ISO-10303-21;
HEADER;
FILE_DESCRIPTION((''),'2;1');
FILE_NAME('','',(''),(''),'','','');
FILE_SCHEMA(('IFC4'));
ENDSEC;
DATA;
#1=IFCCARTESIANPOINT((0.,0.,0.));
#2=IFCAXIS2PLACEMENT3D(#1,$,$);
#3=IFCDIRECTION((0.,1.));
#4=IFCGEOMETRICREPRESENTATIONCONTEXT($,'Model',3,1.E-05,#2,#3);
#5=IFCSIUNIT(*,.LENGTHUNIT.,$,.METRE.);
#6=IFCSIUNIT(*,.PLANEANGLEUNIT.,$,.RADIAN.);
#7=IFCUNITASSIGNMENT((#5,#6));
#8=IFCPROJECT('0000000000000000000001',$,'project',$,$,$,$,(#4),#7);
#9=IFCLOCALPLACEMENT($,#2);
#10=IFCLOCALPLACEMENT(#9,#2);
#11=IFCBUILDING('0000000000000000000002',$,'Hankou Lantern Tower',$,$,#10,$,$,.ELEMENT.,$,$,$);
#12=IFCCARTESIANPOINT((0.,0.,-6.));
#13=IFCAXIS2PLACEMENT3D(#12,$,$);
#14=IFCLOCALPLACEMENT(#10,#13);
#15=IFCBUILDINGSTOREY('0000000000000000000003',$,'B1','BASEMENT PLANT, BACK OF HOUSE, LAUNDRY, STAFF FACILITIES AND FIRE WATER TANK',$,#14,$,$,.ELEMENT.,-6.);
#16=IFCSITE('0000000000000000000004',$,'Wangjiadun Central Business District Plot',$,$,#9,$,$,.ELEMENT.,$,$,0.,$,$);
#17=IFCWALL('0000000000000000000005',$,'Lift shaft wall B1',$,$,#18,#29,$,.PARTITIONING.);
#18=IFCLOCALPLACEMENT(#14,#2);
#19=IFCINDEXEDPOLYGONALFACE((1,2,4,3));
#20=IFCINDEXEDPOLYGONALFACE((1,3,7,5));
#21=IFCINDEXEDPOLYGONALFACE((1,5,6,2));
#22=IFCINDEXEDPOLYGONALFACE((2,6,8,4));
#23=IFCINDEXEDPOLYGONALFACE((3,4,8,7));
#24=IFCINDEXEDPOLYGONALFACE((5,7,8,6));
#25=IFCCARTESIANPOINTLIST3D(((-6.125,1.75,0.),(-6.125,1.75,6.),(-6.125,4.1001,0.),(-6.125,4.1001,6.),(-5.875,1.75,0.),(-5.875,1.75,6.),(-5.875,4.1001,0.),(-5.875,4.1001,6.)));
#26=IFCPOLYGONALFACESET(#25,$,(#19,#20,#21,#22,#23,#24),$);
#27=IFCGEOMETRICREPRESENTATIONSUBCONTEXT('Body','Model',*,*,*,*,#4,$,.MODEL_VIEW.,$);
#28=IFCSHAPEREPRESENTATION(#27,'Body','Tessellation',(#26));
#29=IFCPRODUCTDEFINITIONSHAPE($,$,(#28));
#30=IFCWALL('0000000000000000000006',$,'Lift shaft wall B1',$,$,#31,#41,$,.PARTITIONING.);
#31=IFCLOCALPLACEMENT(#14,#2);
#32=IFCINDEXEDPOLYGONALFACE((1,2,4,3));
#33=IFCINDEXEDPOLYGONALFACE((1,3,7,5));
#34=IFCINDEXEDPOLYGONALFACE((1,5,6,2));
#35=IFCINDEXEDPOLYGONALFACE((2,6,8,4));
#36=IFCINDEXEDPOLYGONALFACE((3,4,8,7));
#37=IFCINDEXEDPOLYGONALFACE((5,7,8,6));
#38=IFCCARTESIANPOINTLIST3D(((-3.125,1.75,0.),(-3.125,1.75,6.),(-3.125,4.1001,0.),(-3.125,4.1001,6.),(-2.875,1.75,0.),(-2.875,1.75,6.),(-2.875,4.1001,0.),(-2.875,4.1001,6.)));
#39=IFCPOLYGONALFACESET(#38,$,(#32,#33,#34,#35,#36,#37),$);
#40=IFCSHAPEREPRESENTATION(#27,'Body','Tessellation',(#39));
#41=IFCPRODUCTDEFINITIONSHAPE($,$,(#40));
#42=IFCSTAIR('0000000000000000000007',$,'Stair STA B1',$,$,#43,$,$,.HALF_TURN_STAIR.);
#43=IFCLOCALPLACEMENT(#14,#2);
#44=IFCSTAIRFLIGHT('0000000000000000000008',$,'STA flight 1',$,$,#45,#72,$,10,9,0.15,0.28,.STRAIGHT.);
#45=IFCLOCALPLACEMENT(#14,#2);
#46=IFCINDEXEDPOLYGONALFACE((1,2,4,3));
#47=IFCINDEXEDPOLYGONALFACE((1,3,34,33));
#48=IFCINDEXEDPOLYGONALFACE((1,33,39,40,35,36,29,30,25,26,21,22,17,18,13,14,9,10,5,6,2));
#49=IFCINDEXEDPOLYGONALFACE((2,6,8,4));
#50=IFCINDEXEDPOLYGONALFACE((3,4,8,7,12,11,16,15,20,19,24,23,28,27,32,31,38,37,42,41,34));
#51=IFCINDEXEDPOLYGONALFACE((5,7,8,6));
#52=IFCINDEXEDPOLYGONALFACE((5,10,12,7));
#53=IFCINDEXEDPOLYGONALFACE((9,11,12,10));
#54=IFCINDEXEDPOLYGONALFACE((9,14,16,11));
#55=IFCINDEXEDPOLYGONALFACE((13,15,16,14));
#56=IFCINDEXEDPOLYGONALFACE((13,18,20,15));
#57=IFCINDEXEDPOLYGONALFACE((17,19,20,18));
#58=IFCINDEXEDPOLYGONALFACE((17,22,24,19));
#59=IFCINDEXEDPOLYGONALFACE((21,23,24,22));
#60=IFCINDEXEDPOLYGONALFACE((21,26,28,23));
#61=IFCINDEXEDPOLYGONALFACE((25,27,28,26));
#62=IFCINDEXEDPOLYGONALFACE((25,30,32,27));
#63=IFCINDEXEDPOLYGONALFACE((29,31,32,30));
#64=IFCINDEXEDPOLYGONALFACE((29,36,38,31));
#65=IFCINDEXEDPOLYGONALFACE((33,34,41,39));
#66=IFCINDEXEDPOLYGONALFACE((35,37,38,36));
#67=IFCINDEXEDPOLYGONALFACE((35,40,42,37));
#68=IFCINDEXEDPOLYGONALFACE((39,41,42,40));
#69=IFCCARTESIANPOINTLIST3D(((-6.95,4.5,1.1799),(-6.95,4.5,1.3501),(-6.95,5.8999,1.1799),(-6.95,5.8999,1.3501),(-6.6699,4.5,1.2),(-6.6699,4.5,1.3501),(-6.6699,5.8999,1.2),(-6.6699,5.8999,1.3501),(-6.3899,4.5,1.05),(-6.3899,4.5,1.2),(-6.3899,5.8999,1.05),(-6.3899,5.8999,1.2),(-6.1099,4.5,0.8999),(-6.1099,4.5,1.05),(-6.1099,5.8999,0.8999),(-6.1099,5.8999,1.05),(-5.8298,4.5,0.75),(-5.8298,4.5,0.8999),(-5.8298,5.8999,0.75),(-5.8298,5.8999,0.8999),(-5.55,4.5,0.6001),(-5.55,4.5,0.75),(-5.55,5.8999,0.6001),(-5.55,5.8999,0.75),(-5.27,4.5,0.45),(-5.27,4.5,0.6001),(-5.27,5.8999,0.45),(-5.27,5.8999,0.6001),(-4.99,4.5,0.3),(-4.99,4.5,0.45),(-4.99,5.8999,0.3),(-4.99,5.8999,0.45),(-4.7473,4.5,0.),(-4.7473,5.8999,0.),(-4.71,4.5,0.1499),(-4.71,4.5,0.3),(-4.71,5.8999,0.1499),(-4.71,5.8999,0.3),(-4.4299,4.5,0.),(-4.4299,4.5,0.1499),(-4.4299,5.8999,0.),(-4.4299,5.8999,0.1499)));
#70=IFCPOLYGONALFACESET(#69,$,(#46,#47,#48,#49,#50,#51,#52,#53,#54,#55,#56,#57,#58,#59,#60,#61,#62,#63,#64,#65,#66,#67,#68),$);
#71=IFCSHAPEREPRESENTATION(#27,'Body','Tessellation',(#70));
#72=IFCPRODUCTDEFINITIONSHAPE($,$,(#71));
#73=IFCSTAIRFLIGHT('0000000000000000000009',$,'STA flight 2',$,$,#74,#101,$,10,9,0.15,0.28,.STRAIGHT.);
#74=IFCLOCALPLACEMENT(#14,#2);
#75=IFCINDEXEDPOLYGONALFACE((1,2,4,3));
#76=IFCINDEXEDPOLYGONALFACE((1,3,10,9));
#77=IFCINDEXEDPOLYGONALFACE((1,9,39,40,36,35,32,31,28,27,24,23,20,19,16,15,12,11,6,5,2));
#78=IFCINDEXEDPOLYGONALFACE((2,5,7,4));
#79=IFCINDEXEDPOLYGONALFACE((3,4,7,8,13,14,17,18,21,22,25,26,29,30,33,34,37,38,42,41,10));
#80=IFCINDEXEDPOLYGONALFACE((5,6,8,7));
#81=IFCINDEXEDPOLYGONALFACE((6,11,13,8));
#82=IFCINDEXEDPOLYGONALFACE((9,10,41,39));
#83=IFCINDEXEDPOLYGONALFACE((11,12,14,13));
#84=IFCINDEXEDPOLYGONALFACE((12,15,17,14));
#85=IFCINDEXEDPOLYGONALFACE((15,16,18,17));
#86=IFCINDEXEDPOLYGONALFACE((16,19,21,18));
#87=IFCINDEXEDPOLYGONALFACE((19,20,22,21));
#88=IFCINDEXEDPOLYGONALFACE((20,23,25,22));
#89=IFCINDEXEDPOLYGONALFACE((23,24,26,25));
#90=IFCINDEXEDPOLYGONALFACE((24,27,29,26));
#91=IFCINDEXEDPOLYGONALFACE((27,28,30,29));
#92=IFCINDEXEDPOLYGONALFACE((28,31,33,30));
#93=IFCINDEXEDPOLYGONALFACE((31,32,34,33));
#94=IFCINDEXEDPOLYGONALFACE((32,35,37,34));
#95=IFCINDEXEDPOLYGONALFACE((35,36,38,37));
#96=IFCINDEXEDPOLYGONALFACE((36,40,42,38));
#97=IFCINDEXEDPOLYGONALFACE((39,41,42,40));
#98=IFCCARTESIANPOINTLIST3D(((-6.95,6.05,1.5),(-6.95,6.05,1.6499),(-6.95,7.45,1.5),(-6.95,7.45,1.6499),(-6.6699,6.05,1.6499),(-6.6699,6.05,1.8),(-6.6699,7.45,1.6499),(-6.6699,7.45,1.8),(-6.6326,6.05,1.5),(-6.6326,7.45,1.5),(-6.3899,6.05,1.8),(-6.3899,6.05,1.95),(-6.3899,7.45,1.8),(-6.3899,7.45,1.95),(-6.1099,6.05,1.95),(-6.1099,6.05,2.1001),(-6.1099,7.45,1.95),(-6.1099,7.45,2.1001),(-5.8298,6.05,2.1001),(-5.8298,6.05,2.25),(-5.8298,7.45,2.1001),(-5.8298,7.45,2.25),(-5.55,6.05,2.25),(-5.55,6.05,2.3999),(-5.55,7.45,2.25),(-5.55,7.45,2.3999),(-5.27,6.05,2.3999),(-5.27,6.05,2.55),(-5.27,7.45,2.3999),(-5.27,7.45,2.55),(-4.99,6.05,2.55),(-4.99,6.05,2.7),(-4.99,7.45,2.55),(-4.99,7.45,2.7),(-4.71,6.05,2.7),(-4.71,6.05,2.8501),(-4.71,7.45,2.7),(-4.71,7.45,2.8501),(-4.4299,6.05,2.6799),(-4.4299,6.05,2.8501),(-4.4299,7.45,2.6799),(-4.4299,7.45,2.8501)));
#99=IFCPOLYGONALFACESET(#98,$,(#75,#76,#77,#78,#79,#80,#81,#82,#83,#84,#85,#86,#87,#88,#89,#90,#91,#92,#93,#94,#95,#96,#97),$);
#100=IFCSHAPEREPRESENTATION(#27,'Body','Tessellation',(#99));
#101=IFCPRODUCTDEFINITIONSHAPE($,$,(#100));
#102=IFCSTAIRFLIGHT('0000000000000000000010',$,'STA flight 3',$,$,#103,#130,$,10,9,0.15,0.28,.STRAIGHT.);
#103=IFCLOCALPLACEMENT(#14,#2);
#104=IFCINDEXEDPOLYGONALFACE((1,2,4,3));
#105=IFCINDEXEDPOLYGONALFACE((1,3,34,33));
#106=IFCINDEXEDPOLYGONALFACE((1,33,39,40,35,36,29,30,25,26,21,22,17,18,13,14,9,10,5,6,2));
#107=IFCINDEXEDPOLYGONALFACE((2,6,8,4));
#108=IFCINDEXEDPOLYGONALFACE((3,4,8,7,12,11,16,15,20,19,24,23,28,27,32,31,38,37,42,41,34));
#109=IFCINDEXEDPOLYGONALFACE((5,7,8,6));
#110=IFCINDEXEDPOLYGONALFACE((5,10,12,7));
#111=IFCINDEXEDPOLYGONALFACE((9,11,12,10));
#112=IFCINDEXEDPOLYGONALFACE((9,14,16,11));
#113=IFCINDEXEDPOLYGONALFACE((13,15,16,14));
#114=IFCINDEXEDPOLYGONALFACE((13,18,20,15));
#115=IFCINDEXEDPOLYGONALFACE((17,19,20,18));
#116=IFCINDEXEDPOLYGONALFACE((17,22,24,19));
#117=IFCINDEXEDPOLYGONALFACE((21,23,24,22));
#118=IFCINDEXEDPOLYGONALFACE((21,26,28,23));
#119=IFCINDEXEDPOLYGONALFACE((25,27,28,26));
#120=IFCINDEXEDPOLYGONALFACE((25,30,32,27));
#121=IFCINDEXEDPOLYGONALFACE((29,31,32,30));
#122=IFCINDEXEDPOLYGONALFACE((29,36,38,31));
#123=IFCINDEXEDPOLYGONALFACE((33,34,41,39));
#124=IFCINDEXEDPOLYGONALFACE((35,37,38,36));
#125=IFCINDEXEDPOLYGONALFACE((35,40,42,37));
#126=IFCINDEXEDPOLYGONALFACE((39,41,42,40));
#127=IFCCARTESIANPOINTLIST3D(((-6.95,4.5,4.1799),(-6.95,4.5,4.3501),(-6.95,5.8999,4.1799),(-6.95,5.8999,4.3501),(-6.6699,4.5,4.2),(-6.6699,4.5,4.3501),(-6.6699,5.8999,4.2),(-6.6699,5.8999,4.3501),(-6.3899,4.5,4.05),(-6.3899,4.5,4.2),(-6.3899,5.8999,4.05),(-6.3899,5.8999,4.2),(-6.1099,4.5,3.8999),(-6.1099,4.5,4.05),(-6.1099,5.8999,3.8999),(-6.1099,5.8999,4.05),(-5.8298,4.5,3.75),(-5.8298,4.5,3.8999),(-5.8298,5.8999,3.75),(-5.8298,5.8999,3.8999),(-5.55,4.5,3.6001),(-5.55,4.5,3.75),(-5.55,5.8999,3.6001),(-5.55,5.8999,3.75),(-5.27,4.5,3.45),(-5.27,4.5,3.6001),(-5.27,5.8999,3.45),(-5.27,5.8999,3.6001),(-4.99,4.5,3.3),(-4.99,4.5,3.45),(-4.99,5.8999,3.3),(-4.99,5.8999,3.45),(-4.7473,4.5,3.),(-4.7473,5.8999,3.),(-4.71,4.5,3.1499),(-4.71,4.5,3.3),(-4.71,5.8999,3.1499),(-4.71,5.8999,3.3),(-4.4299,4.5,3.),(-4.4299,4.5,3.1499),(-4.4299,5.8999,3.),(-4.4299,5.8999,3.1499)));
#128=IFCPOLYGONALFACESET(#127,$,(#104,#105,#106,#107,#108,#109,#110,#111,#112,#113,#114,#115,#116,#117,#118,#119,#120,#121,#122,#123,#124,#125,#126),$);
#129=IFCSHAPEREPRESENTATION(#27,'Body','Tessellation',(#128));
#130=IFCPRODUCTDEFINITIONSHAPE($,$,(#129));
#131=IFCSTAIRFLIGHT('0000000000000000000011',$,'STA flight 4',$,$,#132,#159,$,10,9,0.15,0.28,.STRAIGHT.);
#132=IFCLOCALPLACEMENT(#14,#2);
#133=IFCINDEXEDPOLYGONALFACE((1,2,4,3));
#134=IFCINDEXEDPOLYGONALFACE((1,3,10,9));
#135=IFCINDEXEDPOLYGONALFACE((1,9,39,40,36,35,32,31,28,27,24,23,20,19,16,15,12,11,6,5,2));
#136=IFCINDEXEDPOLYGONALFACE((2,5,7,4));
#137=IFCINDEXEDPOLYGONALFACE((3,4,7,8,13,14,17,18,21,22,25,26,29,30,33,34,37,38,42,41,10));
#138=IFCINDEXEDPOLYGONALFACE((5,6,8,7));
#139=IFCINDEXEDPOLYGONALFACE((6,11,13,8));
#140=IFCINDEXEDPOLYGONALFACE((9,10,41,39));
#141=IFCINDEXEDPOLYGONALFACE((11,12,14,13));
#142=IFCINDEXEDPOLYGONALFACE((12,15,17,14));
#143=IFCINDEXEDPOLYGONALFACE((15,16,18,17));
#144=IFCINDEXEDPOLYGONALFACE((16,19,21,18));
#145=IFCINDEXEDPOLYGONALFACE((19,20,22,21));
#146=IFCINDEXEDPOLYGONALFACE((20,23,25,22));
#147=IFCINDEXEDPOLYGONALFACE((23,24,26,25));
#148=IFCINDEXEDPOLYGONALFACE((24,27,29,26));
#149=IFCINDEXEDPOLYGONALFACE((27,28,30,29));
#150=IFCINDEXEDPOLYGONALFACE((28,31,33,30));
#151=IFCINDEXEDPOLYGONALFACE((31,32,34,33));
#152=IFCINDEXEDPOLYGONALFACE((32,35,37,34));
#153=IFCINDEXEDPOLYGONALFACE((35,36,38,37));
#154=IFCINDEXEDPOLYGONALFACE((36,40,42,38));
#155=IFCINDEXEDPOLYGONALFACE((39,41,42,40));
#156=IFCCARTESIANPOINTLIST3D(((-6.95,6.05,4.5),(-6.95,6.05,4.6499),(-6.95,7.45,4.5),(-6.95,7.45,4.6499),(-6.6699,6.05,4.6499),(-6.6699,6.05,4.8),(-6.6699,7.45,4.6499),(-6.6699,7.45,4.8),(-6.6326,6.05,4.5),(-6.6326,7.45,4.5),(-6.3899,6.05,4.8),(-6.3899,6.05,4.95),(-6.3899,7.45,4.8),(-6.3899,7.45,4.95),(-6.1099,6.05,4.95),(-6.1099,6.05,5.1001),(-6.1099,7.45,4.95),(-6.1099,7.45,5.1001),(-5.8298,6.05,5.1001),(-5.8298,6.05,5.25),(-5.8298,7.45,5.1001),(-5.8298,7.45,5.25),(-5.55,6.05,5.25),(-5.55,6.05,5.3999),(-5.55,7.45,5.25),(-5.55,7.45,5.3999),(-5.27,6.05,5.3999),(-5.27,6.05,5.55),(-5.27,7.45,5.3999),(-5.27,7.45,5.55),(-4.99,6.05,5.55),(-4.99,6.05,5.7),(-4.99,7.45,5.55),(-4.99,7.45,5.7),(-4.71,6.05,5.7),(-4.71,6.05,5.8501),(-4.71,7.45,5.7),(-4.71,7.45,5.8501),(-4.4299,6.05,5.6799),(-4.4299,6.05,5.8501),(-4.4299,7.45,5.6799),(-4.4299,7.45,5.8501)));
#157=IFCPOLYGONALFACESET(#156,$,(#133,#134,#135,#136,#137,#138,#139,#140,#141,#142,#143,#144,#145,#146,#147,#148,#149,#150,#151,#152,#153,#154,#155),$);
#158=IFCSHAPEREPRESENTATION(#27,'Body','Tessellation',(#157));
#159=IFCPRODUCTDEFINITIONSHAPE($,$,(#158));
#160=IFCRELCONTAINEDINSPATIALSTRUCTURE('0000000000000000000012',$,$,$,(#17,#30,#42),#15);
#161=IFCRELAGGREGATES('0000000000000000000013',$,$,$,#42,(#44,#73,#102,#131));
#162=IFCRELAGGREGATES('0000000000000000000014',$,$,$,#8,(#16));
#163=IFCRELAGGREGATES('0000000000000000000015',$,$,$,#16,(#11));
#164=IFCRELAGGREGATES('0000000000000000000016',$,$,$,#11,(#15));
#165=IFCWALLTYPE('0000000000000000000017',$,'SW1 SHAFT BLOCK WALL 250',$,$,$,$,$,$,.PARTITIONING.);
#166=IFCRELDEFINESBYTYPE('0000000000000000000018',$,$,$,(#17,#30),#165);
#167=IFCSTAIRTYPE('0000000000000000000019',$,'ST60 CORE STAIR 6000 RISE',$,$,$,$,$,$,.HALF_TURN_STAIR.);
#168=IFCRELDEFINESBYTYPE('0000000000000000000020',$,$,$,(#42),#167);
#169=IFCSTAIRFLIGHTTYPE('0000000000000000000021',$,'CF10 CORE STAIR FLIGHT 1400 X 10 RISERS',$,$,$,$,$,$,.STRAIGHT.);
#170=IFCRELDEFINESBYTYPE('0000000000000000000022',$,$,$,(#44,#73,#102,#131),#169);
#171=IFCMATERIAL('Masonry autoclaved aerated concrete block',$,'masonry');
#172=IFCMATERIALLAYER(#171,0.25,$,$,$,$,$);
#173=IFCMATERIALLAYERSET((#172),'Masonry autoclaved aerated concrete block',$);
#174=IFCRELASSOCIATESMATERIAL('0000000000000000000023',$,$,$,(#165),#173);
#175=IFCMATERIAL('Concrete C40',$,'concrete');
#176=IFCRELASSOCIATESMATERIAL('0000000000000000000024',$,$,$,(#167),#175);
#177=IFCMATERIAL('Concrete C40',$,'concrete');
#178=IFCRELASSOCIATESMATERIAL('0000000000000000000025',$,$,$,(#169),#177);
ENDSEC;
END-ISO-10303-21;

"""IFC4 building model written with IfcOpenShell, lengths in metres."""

from ifc_helpers import new_model, si_unit, direction, frame, frame_2d, origin, place, context, subcontext, project, spatial, polyline, rectangle, outline, extrude, material, layer, layer_set, type_object, element, aggregate, save


model = new_model("IFC4")

# Units and contexts
model_context = context("Model", 3, precision=1e-05, world=origin(), true_north=direction((0.0, 1.0)))
body_context = subcontext(model_context, "Body", "Model", "MODEL_VIEW")
ifc_project = project(units=[si_unit("LENGTHUNIT", "METRE"), si_unit("PLANEANGLEUNIT", "RADIAN")], contexts=[model_context])

# Site, building, storey
site_placement = place(None, origin())
site = spatial("IfcSite", under=ifc_project, at=site_placement, Name="Wangjiadun Central Business District Plot", CompositionType="ELEMENT", RefElevation=0.0)
building_placement = place(site_placement, origin())
building = spatial("IfcBuilding", under=site, at=building_placement, Name="Hankou Lantern Tower", CompositionType="ELEMENT")
storey_placement = place(building_placement, frame((0.0, 0.0, -6.0)))
storey = spatial("IfcBuildingStorey", under=building, at=storey_placement, Name="B1", Description="BASEMENT PLANT, BACK OF HOUSE, LAUNDRY, STAFF FACILITIES AND FIRE WATER TANK", CompositionType="ELEMENT", Elevation=-6.0)

# Walls
ifc_material_1 = material(Name="Masonry autoclaved aerated concrete block", Category="masonry")
ifc_layer_1 = layer(ifc_material_1, 0.25)
ifc_layer_set_1 = layer_set([ifc_layer_1], Name="Masonry autoclaved aerated concrete block")
wall_type_1 = type_object("IfcWallType", Name="SW1 SHAFT BLOCK WALL 250", PredefinedType="PARTITIONING", material=ifc_layer_set_1)
for number, where, z_axis, x_axis, name in (
    (1, (-6.0, 1.75, 0.0), (0.0, 0.0, 1.0), (0.0, 1.0, 0.0), "Lift shaft wall B1"),
    (2, (-3.0, 1.75, 0.0), (0.0, 0.0, 1.0), (0.0, 1.0, 0.0), "Lift shaft wall B1"),
):
    element("IfcWall", number, at=place(storey_placement, frame(where, z_axis=z_axis, x_axis=x_axis)), inside=storey, type_object=wall_type_1, Name=name, PredefinedType="PARTITIONING", context=body_context, shape_type="SweptSolid", body=[
        extrude(rectangle(XDim=2.3501, YDim=0.25, at=frame_2d((1.175, 0.0))), origin(), (0.0, 0.0, 1.0), 6.0),
    ])

# Stair, stair flights
ifc_material_2 = material(Name="Concrete C40", Category="concrete")
stair_type = type_object("IfcStairType", Name="ST60 CORE STAIR 6000 RISE", PredefinedType="HALF_TURN_STAIR", material=ifc_material_2)
stair_placement = place(storey_placement, origin())
stair = element("IfcStair", 3, at=stair_placement, inside=storey, type_object=stair_type, Name="Stair STA B1", PredefinedType="HALF_TURN_STAIR")
ifc_material_3 = material(Name="Concrete C40", Category="concrete")
stair_flight_type = type_object("IfcStairFlightType", Name="CF10 CORE STAIR FLIGHT 1400 X 10 RISERS", PredefinedType="STRAIGHT", material=ifc_material_3)
stair_flight_1_placement = place(storey_placement, frame((-4.4299, 5.2, 0.0), z_axis=(0.0, 0.0, 1.0), x_axis=(-1.0, 0.0, 0.0)))
stair_flight_1 = element("IfcStairFlight", 4, at=stair_flight_1_placement, type_object=stair_flight_type, Name="STA flight 1", NumberOfRisers=10, NumberOfTreads=9, PredefinedType="STRAIGHT", RiserHeight=0.15, TreadLength=0.28, context=body_context, shape_type="SweptSolid", body=[
    extrude(outline(polyline([(0.0, 0.0), (0.0, 0.1499), (0.28, 0.1499), (0.28, 0.3), (0.5601, 0.3), (0.5601, 0.45), (0.8401, 0.45), (0.8401, 0.6001), (1.1201, 0.6001), (1.1201, 0.75), (1.3999, 0.75), (1.3999, 0.8999), (1.6799, 0.8999), (1.6799, 1.05), (1.96, 1.05), (1.96, 1.2), (2.24, 1.2), (2.24, 1.3501), (2.52, 1.3501), (2.52, 1.5), (2.52, 1.1799), (0.3174, 0.0), (0.0, 0.0)])), frame((0.0, 0.7, 0.0), z_axis=(0.0, -1.0, 0.0), x_axis=(1.0, 0.0, 0.0)), (0.0, 0.0, 1.0), 1.3999),
])
stair_flight_2_placement = place(storey_placement, frame((-6.95, 6.75, 1.5), z_axis=(0.0, 0.0, 1.0), x_axis=(1.0, 0.0, 0.0)))
stair_flight_2 = element("IfcStairFlight", 5, at=stair_flight_2_placement, type_object=stair_flight_type, Name="STA flight 2", NumberOfRisers=10, NumberOfTreads=9, PredefinedType="STRAIGHT", RiserHeight=0.15, TreadLength=0.28, context=body_context, shape_type="SweptSolid", body=[
    extrude(outline(polyline([(0.0, 0.0), (0.0, 0.1499), (0.28, 0.1499), (0.28, 0.3), (0.5601, 0.3), (0.5601, 0.45), (0.8401, 0.45), (0.8401, 0.6001), (1.1201, 0.6001), (1.1201, 0.75), (1.3999, 0.75), (1.3999, 0.8999), (1.6799, 0.8999), (1.6799, 1.05), (1.96, 1.05), (1.96, 1.2), (2.24, 1.2), (2.24, 1.3501), (2.52, 1.3501), (2.52, 1.5), (2.52, 1.1799), (0.3174, 0.0), (0.0, 0.0)])), frame((0.0, 0.7, 0.0), z_axis=(0.0, -1.0, 0.0), x_axis=(1.0, 0.0, 0.0)), (0.0, 0.0, 1.0), 1.3999),
])
stair_flight_3_placement = place(storey_placement, frame((-4.4299, 5.2, 3.0), z_axis=(0.0, 0.0, 1.0), x_axis=(-1.0, 0.0, 0.0)))
stair_flight_3 = element("IfcStairFlight", 6, at=stair_flight_3_placement, type_object=stair_flight_type, Name="STA flight 3", NumberOfRisers=10, NumberOfTreads=9, PredefinedType="STRAIGHT", RiserHeight=0.15, TreadLength=0.28, context=body_context, shape_type="SweptSolid", body=[
    extrude(outline(polyline([(0.0, 0.0), (0.0, 0.1499), (0.28, 0.1499), (0.28, 0.3), (0.5601, 0.3), (0.5601, 0.45), (0.8401, 0.45), (0.8401, 0.6001), (1.1201, 0.6001), (1.1201, 0.75), (1.3999, 0.75), (1.3999, 0.8999), (1.6799, 0.8999), (1.6799, 1.05), (1.96, 1.05), (1.96, 1.2), (2.24, 1.2), (2.24, 1.3501), (2.52, 1.3501), (2.52, 1.5), (2.52, 1.1799), (0.3174, 0.0), (0.0, 0.0)])), frame((0.0, 0.7, 0.0), z_axis=(0.0, -1.0, 0.0), x_axis=(1.0, 0.0, 0.0)), (0.0, 0.0, 1.0), 1.3999),
])
stair_flight_4_placement = place(storey_placement, frame((-6.95, 6.75, 4.5), z_axis=(0.0, 0.0, 1.0), x_axis=(1.0, 0.0, 0.0)))
stair_flight_4 = element("IfcStairFlight", 7, at=stair_flight_4_placement, type_object=stair_flight_type, Name="STA flight 4", NumberOfRisers=10, NumberOfTreads=9, PredefinedType="STRAIGHT", RiserHeight=0.15, TreadLength=0.28, context=body_context, shape_type="SweptSolid", body=[
    extrude(outline(polyline([(0.0, 0.0), (0.0, 0.1499), (0.28, 0.1499), (0.28, 0.3), (0.5601, 0.3), (0.5601, 0.45), (0.8401, 0.45), (0.8401, 0.6001), (1.1201, 0.6001), (1.1201, 0.75), (1.3999, 0.75), (1.3999, 0.8999), (1.6799, 0.8999), (1.6799, 1.05), (1.96, 1.05), (1.96, 1.2), (2.24, 1.2), (2.24, 1.3501), (2.52, 1.3501), (2.52, 1.5), (2.52, 1.1799), (0.3174, 0.0), (0.0, 0.0)])), frame((0.0, 0.7, 0.0), z_axis=(0.0, -1.0, 0.0), x_axis=(1.0, 0.0, 0.0)), (0.0, 0.0, 1.0), 1.3999),
])
aggregate(stair, [stair_flight_1, stair_flight_2, stair_flight_3, stair_flight_4])

save(model, "model.ifc")
